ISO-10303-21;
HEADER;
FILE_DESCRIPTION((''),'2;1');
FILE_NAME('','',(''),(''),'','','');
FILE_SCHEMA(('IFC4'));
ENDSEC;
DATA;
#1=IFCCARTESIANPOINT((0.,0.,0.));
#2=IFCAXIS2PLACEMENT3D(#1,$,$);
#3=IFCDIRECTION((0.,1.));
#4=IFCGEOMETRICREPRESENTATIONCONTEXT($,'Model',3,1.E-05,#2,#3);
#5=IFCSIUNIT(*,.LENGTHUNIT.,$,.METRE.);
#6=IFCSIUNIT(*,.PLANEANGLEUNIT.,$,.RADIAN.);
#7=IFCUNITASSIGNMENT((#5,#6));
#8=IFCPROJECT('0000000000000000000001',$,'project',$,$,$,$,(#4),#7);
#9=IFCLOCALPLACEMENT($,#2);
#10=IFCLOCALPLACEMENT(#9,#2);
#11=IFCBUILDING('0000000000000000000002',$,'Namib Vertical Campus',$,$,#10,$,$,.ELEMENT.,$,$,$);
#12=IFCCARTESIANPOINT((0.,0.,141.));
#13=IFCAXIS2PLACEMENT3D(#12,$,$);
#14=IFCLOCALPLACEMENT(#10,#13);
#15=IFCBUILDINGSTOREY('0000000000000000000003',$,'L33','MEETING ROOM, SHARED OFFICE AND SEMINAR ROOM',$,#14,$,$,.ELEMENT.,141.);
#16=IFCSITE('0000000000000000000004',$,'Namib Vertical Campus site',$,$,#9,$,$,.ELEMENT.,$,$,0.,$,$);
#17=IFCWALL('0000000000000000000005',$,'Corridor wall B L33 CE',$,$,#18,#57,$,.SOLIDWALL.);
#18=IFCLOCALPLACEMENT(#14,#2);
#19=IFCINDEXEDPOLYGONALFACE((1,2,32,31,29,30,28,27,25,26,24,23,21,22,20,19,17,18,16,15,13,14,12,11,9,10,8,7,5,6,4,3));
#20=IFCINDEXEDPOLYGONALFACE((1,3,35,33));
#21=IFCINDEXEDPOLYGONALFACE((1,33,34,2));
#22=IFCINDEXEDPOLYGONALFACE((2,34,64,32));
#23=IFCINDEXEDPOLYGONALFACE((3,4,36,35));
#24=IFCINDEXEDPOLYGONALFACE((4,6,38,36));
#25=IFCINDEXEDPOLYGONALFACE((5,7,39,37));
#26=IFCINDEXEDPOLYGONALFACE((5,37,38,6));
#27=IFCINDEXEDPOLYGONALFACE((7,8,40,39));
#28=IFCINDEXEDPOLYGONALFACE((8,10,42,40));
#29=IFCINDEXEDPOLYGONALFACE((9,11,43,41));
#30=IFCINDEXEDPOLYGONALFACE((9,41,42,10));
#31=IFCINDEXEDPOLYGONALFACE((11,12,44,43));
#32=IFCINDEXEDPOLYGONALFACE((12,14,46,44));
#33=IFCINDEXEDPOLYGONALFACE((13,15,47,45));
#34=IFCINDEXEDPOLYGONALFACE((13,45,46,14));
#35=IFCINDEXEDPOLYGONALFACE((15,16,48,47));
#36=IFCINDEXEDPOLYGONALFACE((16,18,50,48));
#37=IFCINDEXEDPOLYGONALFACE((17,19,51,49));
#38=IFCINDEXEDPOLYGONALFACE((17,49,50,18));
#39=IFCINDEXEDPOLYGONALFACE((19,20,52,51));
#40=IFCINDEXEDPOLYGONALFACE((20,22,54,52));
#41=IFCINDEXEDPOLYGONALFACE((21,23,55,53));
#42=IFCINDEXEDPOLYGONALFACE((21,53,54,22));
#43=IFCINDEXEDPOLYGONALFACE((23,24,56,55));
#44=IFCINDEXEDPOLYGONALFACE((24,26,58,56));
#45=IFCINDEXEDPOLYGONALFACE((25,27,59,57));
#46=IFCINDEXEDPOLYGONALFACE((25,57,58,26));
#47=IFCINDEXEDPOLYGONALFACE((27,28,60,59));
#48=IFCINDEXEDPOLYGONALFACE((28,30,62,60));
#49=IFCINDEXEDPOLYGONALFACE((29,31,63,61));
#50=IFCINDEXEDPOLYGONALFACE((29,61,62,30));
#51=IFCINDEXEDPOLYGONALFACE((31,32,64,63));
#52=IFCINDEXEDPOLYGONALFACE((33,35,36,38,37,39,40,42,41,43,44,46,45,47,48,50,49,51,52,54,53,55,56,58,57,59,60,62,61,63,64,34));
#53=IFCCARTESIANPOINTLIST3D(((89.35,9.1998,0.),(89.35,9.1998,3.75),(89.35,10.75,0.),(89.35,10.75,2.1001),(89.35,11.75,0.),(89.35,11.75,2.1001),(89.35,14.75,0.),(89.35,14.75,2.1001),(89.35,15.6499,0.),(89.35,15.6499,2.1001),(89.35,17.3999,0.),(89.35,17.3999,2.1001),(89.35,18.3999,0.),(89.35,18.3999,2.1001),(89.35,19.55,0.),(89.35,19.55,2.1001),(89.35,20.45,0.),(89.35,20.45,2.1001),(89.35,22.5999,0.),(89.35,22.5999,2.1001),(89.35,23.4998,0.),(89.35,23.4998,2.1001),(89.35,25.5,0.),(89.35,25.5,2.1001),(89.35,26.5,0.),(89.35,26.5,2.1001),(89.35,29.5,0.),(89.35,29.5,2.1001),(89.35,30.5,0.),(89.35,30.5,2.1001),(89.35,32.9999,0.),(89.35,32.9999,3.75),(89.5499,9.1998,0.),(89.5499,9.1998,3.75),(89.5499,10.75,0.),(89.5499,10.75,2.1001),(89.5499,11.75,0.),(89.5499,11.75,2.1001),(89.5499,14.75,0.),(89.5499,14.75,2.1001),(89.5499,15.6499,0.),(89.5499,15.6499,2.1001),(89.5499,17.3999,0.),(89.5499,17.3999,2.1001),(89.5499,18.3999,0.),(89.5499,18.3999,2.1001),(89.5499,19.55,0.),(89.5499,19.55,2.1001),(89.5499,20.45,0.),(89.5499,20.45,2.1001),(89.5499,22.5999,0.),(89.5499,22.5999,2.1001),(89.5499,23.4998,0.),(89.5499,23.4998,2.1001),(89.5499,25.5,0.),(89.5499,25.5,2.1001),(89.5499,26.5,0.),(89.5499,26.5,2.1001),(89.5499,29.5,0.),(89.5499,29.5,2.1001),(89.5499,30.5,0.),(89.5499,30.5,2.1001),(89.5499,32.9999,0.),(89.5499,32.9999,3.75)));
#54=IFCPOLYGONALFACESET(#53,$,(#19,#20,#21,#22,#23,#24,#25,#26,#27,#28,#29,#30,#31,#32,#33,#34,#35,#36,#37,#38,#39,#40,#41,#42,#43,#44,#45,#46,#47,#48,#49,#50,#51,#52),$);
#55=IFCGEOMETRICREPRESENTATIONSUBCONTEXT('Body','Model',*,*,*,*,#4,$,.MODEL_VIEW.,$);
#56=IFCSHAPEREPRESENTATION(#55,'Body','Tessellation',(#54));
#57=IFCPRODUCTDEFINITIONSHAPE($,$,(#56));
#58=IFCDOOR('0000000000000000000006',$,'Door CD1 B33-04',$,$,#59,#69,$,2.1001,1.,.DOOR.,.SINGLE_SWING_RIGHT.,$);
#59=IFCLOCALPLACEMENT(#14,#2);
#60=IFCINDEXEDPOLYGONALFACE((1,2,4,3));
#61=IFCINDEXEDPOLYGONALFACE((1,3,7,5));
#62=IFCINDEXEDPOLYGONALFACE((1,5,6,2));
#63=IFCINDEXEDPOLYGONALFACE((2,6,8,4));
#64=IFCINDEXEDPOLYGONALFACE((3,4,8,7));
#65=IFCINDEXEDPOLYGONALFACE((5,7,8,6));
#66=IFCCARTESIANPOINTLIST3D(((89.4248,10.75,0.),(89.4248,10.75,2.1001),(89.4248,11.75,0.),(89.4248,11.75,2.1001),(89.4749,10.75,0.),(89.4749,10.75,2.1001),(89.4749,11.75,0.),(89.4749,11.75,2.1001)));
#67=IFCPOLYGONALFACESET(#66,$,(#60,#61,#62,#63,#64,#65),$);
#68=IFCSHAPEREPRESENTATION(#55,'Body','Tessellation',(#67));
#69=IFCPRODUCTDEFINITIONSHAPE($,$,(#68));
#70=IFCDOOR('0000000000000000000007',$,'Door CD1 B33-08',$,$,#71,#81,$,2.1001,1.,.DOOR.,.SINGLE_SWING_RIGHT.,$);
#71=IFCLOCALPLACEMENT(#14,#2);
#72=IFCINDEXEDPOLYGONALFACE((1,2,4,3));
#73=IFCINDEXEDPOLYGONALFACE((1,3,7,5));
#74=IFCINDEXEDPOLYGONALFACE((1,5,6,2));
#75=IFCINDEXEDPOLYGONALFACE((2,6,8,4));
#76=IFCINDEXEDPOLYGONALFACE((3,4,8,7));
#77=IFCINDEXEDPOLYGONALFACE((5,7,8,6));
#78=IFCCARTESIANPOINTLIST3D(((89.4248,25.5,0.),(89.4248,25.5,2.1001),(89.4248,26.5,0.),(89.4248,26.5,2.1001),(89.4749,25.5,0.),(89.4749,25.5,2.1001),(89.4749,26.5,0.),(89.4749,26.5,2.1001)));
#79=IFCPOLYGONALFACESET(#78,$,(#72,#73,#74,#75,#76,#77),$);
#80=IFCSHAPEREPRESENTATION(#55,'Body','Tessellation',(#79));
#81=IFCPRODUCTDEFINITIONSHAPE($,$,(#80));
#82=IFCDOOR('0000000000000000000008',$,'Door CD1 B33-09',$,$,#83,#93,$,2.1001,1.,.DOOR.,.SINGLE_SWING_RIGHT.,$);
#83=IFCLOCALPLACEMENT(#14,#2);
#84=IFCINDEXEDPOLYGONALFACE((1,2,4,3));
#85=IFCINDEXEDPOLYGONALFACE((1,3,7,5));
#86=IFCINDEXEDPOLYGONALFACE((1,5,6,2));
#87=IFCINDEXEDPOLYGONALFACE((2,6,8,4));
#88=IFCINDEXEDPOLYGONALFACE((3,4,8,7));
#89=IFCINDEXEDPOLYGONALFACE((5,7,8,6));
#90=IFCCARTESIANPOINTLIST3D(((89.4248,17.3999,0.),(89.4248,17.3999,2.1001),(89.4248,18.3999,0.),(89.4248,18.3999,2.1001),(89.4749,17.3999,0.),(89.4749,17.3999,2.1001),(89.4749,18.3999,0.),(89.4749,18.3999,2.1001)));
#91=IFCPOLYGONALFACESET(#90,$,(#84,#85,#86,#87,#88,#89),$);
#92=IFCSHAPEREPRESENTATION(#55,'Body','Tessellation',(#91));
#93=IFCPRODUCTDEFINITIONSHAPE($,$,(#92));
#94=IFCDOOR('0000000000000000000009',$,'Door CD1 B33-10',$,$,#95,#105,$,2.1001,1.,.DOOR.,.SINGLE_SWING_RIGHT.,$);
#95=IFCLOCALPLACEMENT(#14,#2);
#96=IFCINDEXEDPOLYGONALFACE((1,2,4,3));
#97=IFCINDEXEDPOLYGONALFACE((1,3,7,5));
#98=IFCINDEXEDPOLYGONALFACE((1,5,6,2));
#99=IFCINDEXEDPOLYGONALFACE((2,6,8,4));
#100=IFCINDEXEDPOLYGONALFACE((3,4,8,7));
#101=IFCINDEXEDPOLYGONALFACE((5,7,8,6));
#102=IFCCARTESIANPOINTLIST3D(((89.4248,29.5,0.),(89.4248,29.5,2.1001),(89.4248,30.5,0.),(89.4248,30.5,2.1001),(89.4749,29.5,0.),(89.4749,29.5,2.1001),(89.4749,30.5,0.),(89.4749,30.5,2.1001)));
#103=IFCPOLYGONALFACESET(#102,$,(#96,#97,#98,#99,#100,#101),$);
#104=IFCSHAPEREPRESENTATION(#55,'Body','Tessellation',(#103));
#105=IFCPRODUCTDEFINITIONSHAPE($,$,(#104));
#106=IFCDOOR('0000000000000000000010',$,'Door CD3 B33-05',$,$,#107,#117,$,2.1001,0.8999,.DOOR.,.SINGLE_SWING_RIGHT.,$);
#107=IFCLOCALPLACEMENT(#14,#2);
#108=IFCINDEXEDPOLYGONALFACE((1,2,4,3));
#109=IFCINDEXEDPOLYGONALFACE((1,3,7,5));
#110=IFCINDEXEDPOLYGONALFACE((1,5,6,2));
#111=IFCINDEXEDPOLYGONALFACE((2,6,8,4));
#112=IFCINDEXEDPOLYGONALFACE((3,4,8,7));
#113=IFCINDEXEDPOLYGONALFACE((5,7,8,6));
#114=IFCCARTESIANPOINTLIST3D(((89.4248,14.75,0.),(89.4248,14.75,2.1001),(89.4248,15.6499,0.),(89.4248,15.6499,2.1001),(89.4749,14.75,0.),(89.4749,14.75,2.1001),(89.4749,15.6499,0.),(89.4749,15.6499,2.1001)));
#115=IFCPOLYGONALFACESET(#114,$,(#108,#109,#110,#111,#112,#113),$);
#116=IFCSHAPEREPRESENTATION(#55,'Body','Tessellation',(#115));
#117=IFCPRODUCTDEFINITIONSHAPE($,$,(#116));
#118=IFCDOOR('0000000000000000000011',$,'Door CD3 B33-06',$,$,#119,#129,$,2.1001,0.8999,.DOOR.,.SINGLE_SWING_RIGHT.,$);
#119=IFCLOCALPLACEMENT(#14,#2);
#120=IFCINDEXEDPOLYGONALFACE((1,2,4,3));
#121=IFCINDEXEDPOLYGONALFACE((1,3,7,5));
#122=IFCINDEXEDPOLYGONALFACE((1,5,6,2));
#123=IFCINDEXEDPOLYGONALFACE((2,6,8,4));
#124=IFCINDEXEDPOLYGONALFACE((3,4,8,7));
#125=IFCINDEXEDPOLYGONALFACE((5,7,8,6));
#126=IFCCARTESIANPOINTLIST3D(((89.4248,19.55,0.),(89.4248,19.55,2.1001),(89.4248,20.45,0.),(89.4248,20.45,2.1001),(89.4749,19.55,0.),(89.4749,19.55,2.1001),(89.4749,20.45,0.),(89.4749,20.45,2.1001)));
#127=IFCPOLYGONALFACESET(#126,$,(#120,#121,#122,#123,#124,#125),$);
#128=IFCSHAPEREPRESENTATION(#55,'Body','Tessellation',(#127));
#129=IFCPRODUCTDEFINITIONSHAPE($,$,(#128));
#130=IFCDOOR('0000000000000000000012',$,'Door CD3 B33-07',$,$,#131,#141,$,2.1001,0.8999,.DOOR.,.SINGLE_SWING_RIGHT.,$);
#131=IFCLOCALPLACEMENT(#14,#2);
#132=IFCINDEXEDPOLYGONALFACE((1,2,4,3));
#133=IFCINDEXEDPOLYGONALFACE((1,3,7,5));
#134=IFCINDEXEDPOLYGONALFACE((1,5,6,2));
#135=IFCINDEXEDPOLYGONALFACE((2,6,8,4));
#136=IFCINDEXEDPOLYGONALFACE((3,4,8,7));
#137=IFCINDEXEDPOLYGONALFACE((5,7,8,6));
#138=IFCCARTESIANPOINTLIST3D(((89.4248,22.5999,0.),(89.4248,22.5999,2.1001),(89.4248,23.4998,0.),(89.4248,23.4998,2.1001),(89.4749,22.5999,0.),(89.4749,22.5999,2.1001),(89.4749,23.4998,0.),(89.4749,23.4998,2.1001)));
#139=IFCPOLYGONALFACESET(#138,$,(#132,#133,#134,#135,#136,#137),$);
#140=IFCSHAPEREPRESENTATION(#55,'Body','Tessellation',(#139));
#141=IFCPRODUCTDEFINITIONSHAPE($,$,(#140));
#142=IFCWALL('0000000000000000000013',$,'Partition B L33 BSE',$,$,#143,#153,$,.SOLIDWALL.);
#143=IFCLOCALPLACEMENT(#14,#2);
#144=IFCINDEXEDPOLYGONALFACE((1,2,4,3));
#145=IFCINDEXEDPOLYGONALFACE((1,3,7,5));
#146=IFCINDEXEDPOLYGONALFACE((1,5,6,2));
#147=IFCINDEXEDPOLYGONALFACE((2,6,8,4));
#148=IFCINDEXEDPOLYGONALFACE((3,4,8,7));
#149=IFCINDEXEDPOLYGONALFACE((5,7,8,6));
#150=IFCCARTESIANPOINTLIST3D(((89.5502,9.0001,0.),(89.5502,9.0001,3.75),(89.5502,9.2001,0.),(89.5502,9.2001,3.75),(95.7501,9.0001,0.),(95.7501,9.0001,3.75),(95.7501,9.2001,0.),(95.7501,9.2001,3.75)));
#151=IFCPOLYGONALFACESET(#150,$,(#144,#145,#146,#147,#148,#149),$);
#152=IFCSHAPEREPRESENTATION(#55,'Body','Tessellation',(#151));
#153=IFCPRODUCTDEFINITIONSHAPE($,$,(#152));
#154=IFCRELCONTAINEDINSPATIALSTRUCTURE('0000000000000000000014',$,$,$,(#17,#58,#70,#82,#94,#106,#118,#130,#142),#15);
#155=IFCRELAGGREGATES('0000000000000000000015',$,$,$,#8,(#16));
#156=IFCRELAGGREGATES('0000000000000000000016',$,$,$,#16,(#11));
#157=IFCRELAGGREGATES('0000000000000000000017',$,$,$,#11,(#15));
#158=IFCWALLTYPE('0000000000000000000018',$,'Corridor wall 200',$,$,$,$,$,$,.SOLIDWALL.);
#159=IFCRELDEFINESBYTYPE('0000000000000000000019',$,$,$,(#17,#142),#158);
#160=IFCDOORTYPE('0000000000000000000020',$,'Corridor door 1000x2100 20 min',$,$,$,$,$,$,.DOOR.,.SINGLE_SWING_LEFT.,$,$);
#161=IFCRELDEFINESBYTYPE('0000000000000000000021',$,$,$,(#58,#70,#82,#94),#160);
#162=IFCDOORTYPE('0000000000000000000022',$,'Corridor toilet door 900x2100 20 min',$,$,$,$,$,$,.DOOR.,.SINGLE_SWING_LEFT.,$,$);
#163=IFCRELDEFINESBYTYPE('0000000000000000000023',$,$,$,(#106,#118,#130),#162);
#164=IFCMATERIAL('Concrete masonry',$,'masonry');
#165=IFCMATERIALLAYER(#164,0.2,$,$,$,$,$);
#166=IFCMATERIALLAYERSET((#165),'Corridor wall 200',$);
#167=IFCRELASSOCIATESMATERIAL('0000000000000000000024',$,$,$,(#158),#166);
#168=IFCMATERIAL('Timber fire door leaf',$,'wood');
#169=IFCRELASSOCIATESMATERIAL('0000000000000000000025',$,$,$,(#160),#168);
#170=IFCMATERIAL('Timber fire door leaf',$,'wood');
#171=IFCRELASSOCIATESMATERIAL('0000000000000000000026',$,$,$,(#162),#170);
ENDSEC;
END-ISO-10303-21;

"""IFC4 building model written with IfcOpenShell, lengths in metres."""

from ifc_helpers import new_model, si_unit, direction, frame, frame_2d, origin, place, context, subcontext, project, spatial, rectangle, extrude, material, layer, layer_set, type_object, element, fill, save


model = new_model("IFC4")

# Units and contexts
model_context = context("Model", 3, precision=1e-05, world=origin(), true_north=direction((0.0, 1.0)))
body_context = subcontext(model_context, "Body", "Model", "MODEL_VIEW")
ifc_project = project(units=[si_unit("LENGTHUNIT", "METRE"), si_unit("PLANEANGLEUNIT", "RADIAN")], contexts=[model_context])

# Site, building, storey
site_placement = place(None, origin())
site = spatial("IfcSite", under=ifc_project, at=site_placement, Name="Namib Vertical Campus site", CompositionType="ELEMENT", RefElevation=0.0)
building_placement = place(site_placement, origin())
building = spatial("IfcBuilding", under=site, at=building_placement, Name="Namib Vertical Campus", CompositionType="ELEMENT")
storey_placement = place(building_placement, frame((0.0, 0.0, 141.0)))
storey = spatial("IfcBuildingStorey", under=building, at=storey_placement, Name="L33", Description="MEETING ROOM, SHARED OFFICE AND SEMINAR ROOM", CompositionType="ELEMENT", Elevation=141.0)

# Wall, openings, doors
ifc_material_1 = material(Name="Concrete masonry", Category="masonry")
ifc_layer_1 = layer(ifc_material_1, 0.2)
ifc_layer_set_1 = layer_set([ifc_layer_1], Name="Corridor wall 200")
wall_type_1 = type_object("IfcWallType", Name="Corridor wall 200", PredefinedType="SOLIDWALL", material=ifc_layer_set_1)
wall_1_placement = place(storey_placement, frame((89.45, 9.2, 0.0), z_axis=(0.0, 0.0, 1.0), x_axis=(0.0, 1.0, 0.0)))
wall_1 = element("IfcWall", 1, at=wall_1_placement, inside=storey, type_object=wall_type_1, Name="Corridor wall B L33 CE", PredefinedType="SOLIDWALL", context=body_context, shape_type="SweptSolid", body=[
    extrude(rectangle(XDim=23.8, YDim=0.2, at=frame_2d((11.8999, 0.0))), origin(), (0.0, 0.0, 1.0), 3.75),
])
opening_1_placement = place(wall_1_placement, frame((1.55, 0.0, 0.0)))
opening_1 = element("IfcOpeningElement", 2, at=opening_1_placement, cuts=wall_1, PredefinedType="OPENING", context=body_context, shape_type="SweptSolid", body=[
    extrude(rectangle(XDim=1.0, YDim=2.1001, at=frame_2d((0.5, 1.05))), frame((0.0, 0.1099, 0.0), z_axis=(0.0, -1.0, 0.0), x_axis=(1.0, 0.0, 0.0)), (0.0, 0.0, 1.0), 0.22),
])
opening_2_placement = place(wall_1_placement, frame((5.55, 0.0, 0.0)))
opening_2 = element("IfcOpeningElement", 3, at=opening_2_placement, cuts=wall_1, PredefinedType="OPENING", context=body_context, shape_type="SweptSolid", body=[
    extrude(rectangle(XDim=0.8999, YDim=2.1001, at=frame_2d((0.45, 1.05))), frame((0.0, 0.1099, 0.0), z_axis=(0.0, -1.0, 0.0), x_axis=(1.0, 0.0, 0.0)), (0.0, 0.0, 1.0), 0.22),
])
opening_3_placement = place(wall_1_placement, frame((10.3501, 0.0, 0.0)))
opening_3 = element("IfcOpeningElement", 4, at=opening_3_placement, cuts=wall_1, PredefinedType="OPENING", context=body_context, shape_type="SweptSolid", body=[
    extrude(rectangle(XDim=0.8999, YDim=2.1001, at=frame_2d((0.45, 1.05))), frame((0.0, 0.1099, 0.0), z_axis=(0.0, -1.0, 0.0), x_axis=(1.0, 0.0, 0.0)), (0.0, 0.0, 1.0), 0.22),
])
opening_4_placement = place(wall_1_placement, frame((13.3999, 0.0, 0.0)))
opening_4 = element("IfcOpeningElement", 5, at=opening_4_placement, cuts=wall_1, PredefinedType="OPENING", context=body_context, shape_type="SweptSolid", body=[
    extrude(rectangle(XDim=0.8999, YDim=2.1001, at=frame_2d((0.45, 1.05))), frame((0.0, 0.1099, 0.0), z_axis=(0.0, -1.0, 0.0), x_axis=(1.0, 0.0, 0.0)), (0.0, 0.0, 1.0), 0.22),
])
opening_5_placement = place(wall_1_placement, frame((16.3, 0.0, 0.0)))
opening_5 = element("IfcOpeningElement", 6, at=opening_5_placement, cuts=wall_1, PredefinedType="OPENING", context=body_context, shape_type="SweptSolid", body=[
    extrude(rectangle(XDim=1.0, YDim=2.1001, at=frame_2d((0.5, 1.05))), frame((0.0, 0.1099, 0.0), z_axis=(0.0, -1.0, 0.0), x_axis=(1.0, 0.0, 0.0)), (0.0, 0.0, 1.0), 0.22),
])
opening_6_placement = place(wall_1_placement, frame((8.2, 0.0, 0.0)))
opening_6 = element("IfcOpeningElement", 7, at=opening_6_placement, cuts=wall_1, PredefinedType="OPENING", context=body_context, shape_type="SweptSolid", body=[
    extrude(rectangle(XDim=1.0, YDim=2.1001, at=frame_2d((0.5, 1.05))), frame((0.0, 0.1099, 0.0), z_axis=(0.0, -1.0, 0.0), x_axis=(1.0, 0.0, 0.0)), (0.0, 0.0, 1.0), 0.22),
])
opening_7_placement = place(wall_1_placement, frame((20.3, 0.0, 0.0)))
opening_7 = element("IfcOpeningElement", 8, at=opening_7_placement, cuts=wall_1, PredefinedType="OPENING", context=body_context, shape_type="SweptSolid", body=[
    extrude(rectangle(XDim=1.0, YDim=2.1001, at=frame_2d((0.5, 1.05))), frame((0.0, 0.1099, 0.0), z_axis=(0.0, -1.0, 0.0), x_axis=(1.0, 0.0, 0.0)), (0.0, 0.0, 1.0), 0.22),
])
ifc_material_2 = material(Name="Timber fire door leaf", Category="wood")
door_type_1 = type_object("IfcDoorType", Name="Corridor door 1000x2100 20 min", OperationType="SINGLE_SWING_LEFT", PredefinedType="DOOR", material=ifc_material_2)
door_1_placement = place(opening_1_placement, frame((1.0, 0.0, 0.0), z_axis=(0.0, 0.0, 1.0), x_axis=(-1.0, 0.0, 0.0)))
door_1 = element("IfcDoor", 9, at=door_1_placement, inside=storey, type_object=door_type_1, Name="Door CD1 B33-04", OperationType="SINGLE_SWING_RIGHT", OverallHeight=2.1001, OverallWidth=1.0, PredefinedType="DOOR", context=body_context, shape_type="SweptSolid", body=[
    extrude(rectangle(XDim=1.0, YDim=2.1001, at=frame_2d((0.5, 1.05))), frame((0.0, 0.0249, 0.0), z_axis=(0.0, -1.0, 0.0), x_axis=(1.0, 0.0, 0.0)), (0.0, 0.0, 1.0), 0.05),
])
fill(opening_1, door_1)
door_2_placement = place(opening_5_placement, frame((1.0, 0.0, 0.0), z_axis=(0.0, 0.0, 1.0), x_axis=(-1.0, 0.0, 0.0)))
door_2 = element("IfcDoor", 10, at=door_2_placement, inside=storey, type_object=door_type_1, Name="Door CD1 B33-08", OperationType="SINGLE_SWING_RIGHT", OverallHeight=2.1001, OverallWidth=1.0, PredefinedType="DOOR", context=body_context, shape_type="SweptSolid", body=[
    extrude(rectangle(XDim=1.0, YDim=2.1001, at=frame_2d((0.5, 1.05))), frame((0.0, 0.0249, 0.0), z_axis=(0.0, -1.0, 0.0), x_axis=(1.0, 0.0, 0.0)), (0.0, 0.0, 1.0), 0.05),
])
fill(opening_5, door_2)
door_3_placement = place(opening_6_placement, frame((1.0, 0.0, 0.0), z_axis=(0.0, 0.0, 1.0), x_axis=(-1.0, 0.0, 0.0)))
door_3 = element("IfcDoor", 11, at=door_3_placement, inside=storey, type_object=door_type_1, Name="Door CD1 B33-09", OperationType="SINGLE_SWING_RIGHT", OverallHeight=2.1001, OverallWidth=1.0, PredefinedType="DOOR", context=body_context, shape_type="SweptSolid", body=[
    extrude(rectangle(XDim=1.0, YDim=2.1001, at=frame_2d((0.5, 1.05))), frame((0.0, 0.0249, 0.0), z_axis=(0.0, -1.0, 0.0), x_axis=(1.0, 0.0, 0.0)), (0.0, 0.0, 1.0), 0.05),
])
fill(opening_6, door_3)
door_4_placement = place(opening_7_placement, frame((1.0, 0.0, 0.0), z_axis=(0.0, 0.0, 1.0), x_axis=(-1.0, 0.0, 0.0)))
door_4 = element("IfcDoor", 12, at=door_4_placement, inside=storey, type_object=door_type_1, Name="Door CD1 B33-10", OperationType="SINGLE_SWING_RIGHT", OverallHeight=2.1001, OverallWidth=1.0, PredefinedType="DOOR", context=body_context, shape_type="SweptSolid", body=[
    extrude(rectangle(XDim=1.0, YDim=2.1001, at=frame_2d((0.5, 1.05))), frame((0.0, 0.0249, 0.0), z_axis=(0.0, -1.0, 0.0), x_axis=(1.0, 0.0, 0.0)), (0.0, 0.0, 1.0), 0.05),
])
fill(opening_7, door_4)
ifc_material_3 = material(Name="Timber fire door leaf", Category="wood")
door_type_2 = type_object("IfcDoorType", Name="Corridor toilet door 900x2100 20 min", OperationType="SINGLE_SWING_LEFT", PredefinedType="DOOR", material=ifc_material_3)
door_5_placement = place(opening_2_placement, frame((0.8999, 0.0, 0.0), z_axis=(0.0, 0.0, 1.0), x_axis=(-1.0, 0.0, 0.0)))
door_5 = element("IfcDoor", 13, at=door_5_placement, inside=storey, type_object=door_type_2, Name="Door CD3 B33-05", OperationType="SINGLE_SWING_RIGHT", OverallHeight=2.1001, OverallWidth=0.8999, PredefinedType="DOOR", context=body_context, shape_type="SweptSolid", body=[
    extrude(rectangle(XDim=0.8999, YDim=2.1001, at=frame_2d((0.45, 1.05))), frame((0.0, 0.0249, 0.0), z_axis=(0.0, -1.0, 0.0), x_axis=(1.0, 0.0, 0.0)), (0.0, 0.0, 1.0), 0.05),
])
fill(opening_2, door_5)
door_6_placement = place(opening_3_placement, frame((0.8999, 0.0, 0.0), z_axis=(0.0, 0.0, 1.0), x_axis=(-1.0, 0.0, 0.0)))
door_6 = element("IfcDoor", 14, at=door_6_placement, inside=storey, type_object=door_type_2, Name="Door CD3 B33-06", OperationType="SINGLE_SWING_RIGHT", OverallHeight=2.1001, OverallWidth=0.8999, PredefinedType="DOOR", context=body_context, shape_type="SweptSolid", body=[
    extrude(rectangle(XDim=0.8999, YDim=2.1001, at=frame_2d((0.45, 1.05))), frame((0.0, 0.0249, 0.0), z_axis=(0.0, -1.0, 0.0), x_axis=(1.0, 0.0, 0.0)), (0.0, 0.0, 1.0), 0.05),
])
fill(opening_3, door_6)
door_7_placement = place(opening_4_placement, frame((0.8999, 0.0, 0.0), z_axis=(0.0, 0.0, 1.0), x_axis=(-1.0, 0.0, 0.0)))
door_7 = element("IfcDoor", 15, at=door_7_placement, inside=storey, type_object=door_type_2, Name="Door CD3 B33-07", OperationType="SINGLE_SWING_RIGHT", OverallHeight=2.1001, OverallWidth=0.8999, PredefinedType="DOOR", context=body_context, shape_type="SweptSolid", body=[
    extrude(rectangle(XDim=0.8999, YDim=2.1001, at=frame_2d((0.45, 1.05))), frame((0.0, 0.0249, 0.0), z_axis=(0.0, -1.0, 0.0), x_axis=(1.0, 0.0, 0.0)), (0.0, 0.0, 1.0), 0.05),
])
fill(opening_4, door_7)

# Wall
wall_2_placement = place(storey_placement, frame((89.55, 9.1001, 0.0), z_axis=(0.0, 0.0, 1.0), x_axis=(1.0, 0.0, 0.0)))
element("IfcWall", 16, at=wall_2_placement, inside=storey, type_object=wall_type_1, Name="Partition B L33 BSE", PredefinedType="SOLIDWALL", context=body_context, shape_type="SweptSolid", body=[
    extrude(rectangle(XDim=6.2, YDim=0.2, at=frame_2d((3.1001, 0.0))), origin(), (0.0, 0.0, 1.0), 3.75),
])

save(model, "model.ifc")
